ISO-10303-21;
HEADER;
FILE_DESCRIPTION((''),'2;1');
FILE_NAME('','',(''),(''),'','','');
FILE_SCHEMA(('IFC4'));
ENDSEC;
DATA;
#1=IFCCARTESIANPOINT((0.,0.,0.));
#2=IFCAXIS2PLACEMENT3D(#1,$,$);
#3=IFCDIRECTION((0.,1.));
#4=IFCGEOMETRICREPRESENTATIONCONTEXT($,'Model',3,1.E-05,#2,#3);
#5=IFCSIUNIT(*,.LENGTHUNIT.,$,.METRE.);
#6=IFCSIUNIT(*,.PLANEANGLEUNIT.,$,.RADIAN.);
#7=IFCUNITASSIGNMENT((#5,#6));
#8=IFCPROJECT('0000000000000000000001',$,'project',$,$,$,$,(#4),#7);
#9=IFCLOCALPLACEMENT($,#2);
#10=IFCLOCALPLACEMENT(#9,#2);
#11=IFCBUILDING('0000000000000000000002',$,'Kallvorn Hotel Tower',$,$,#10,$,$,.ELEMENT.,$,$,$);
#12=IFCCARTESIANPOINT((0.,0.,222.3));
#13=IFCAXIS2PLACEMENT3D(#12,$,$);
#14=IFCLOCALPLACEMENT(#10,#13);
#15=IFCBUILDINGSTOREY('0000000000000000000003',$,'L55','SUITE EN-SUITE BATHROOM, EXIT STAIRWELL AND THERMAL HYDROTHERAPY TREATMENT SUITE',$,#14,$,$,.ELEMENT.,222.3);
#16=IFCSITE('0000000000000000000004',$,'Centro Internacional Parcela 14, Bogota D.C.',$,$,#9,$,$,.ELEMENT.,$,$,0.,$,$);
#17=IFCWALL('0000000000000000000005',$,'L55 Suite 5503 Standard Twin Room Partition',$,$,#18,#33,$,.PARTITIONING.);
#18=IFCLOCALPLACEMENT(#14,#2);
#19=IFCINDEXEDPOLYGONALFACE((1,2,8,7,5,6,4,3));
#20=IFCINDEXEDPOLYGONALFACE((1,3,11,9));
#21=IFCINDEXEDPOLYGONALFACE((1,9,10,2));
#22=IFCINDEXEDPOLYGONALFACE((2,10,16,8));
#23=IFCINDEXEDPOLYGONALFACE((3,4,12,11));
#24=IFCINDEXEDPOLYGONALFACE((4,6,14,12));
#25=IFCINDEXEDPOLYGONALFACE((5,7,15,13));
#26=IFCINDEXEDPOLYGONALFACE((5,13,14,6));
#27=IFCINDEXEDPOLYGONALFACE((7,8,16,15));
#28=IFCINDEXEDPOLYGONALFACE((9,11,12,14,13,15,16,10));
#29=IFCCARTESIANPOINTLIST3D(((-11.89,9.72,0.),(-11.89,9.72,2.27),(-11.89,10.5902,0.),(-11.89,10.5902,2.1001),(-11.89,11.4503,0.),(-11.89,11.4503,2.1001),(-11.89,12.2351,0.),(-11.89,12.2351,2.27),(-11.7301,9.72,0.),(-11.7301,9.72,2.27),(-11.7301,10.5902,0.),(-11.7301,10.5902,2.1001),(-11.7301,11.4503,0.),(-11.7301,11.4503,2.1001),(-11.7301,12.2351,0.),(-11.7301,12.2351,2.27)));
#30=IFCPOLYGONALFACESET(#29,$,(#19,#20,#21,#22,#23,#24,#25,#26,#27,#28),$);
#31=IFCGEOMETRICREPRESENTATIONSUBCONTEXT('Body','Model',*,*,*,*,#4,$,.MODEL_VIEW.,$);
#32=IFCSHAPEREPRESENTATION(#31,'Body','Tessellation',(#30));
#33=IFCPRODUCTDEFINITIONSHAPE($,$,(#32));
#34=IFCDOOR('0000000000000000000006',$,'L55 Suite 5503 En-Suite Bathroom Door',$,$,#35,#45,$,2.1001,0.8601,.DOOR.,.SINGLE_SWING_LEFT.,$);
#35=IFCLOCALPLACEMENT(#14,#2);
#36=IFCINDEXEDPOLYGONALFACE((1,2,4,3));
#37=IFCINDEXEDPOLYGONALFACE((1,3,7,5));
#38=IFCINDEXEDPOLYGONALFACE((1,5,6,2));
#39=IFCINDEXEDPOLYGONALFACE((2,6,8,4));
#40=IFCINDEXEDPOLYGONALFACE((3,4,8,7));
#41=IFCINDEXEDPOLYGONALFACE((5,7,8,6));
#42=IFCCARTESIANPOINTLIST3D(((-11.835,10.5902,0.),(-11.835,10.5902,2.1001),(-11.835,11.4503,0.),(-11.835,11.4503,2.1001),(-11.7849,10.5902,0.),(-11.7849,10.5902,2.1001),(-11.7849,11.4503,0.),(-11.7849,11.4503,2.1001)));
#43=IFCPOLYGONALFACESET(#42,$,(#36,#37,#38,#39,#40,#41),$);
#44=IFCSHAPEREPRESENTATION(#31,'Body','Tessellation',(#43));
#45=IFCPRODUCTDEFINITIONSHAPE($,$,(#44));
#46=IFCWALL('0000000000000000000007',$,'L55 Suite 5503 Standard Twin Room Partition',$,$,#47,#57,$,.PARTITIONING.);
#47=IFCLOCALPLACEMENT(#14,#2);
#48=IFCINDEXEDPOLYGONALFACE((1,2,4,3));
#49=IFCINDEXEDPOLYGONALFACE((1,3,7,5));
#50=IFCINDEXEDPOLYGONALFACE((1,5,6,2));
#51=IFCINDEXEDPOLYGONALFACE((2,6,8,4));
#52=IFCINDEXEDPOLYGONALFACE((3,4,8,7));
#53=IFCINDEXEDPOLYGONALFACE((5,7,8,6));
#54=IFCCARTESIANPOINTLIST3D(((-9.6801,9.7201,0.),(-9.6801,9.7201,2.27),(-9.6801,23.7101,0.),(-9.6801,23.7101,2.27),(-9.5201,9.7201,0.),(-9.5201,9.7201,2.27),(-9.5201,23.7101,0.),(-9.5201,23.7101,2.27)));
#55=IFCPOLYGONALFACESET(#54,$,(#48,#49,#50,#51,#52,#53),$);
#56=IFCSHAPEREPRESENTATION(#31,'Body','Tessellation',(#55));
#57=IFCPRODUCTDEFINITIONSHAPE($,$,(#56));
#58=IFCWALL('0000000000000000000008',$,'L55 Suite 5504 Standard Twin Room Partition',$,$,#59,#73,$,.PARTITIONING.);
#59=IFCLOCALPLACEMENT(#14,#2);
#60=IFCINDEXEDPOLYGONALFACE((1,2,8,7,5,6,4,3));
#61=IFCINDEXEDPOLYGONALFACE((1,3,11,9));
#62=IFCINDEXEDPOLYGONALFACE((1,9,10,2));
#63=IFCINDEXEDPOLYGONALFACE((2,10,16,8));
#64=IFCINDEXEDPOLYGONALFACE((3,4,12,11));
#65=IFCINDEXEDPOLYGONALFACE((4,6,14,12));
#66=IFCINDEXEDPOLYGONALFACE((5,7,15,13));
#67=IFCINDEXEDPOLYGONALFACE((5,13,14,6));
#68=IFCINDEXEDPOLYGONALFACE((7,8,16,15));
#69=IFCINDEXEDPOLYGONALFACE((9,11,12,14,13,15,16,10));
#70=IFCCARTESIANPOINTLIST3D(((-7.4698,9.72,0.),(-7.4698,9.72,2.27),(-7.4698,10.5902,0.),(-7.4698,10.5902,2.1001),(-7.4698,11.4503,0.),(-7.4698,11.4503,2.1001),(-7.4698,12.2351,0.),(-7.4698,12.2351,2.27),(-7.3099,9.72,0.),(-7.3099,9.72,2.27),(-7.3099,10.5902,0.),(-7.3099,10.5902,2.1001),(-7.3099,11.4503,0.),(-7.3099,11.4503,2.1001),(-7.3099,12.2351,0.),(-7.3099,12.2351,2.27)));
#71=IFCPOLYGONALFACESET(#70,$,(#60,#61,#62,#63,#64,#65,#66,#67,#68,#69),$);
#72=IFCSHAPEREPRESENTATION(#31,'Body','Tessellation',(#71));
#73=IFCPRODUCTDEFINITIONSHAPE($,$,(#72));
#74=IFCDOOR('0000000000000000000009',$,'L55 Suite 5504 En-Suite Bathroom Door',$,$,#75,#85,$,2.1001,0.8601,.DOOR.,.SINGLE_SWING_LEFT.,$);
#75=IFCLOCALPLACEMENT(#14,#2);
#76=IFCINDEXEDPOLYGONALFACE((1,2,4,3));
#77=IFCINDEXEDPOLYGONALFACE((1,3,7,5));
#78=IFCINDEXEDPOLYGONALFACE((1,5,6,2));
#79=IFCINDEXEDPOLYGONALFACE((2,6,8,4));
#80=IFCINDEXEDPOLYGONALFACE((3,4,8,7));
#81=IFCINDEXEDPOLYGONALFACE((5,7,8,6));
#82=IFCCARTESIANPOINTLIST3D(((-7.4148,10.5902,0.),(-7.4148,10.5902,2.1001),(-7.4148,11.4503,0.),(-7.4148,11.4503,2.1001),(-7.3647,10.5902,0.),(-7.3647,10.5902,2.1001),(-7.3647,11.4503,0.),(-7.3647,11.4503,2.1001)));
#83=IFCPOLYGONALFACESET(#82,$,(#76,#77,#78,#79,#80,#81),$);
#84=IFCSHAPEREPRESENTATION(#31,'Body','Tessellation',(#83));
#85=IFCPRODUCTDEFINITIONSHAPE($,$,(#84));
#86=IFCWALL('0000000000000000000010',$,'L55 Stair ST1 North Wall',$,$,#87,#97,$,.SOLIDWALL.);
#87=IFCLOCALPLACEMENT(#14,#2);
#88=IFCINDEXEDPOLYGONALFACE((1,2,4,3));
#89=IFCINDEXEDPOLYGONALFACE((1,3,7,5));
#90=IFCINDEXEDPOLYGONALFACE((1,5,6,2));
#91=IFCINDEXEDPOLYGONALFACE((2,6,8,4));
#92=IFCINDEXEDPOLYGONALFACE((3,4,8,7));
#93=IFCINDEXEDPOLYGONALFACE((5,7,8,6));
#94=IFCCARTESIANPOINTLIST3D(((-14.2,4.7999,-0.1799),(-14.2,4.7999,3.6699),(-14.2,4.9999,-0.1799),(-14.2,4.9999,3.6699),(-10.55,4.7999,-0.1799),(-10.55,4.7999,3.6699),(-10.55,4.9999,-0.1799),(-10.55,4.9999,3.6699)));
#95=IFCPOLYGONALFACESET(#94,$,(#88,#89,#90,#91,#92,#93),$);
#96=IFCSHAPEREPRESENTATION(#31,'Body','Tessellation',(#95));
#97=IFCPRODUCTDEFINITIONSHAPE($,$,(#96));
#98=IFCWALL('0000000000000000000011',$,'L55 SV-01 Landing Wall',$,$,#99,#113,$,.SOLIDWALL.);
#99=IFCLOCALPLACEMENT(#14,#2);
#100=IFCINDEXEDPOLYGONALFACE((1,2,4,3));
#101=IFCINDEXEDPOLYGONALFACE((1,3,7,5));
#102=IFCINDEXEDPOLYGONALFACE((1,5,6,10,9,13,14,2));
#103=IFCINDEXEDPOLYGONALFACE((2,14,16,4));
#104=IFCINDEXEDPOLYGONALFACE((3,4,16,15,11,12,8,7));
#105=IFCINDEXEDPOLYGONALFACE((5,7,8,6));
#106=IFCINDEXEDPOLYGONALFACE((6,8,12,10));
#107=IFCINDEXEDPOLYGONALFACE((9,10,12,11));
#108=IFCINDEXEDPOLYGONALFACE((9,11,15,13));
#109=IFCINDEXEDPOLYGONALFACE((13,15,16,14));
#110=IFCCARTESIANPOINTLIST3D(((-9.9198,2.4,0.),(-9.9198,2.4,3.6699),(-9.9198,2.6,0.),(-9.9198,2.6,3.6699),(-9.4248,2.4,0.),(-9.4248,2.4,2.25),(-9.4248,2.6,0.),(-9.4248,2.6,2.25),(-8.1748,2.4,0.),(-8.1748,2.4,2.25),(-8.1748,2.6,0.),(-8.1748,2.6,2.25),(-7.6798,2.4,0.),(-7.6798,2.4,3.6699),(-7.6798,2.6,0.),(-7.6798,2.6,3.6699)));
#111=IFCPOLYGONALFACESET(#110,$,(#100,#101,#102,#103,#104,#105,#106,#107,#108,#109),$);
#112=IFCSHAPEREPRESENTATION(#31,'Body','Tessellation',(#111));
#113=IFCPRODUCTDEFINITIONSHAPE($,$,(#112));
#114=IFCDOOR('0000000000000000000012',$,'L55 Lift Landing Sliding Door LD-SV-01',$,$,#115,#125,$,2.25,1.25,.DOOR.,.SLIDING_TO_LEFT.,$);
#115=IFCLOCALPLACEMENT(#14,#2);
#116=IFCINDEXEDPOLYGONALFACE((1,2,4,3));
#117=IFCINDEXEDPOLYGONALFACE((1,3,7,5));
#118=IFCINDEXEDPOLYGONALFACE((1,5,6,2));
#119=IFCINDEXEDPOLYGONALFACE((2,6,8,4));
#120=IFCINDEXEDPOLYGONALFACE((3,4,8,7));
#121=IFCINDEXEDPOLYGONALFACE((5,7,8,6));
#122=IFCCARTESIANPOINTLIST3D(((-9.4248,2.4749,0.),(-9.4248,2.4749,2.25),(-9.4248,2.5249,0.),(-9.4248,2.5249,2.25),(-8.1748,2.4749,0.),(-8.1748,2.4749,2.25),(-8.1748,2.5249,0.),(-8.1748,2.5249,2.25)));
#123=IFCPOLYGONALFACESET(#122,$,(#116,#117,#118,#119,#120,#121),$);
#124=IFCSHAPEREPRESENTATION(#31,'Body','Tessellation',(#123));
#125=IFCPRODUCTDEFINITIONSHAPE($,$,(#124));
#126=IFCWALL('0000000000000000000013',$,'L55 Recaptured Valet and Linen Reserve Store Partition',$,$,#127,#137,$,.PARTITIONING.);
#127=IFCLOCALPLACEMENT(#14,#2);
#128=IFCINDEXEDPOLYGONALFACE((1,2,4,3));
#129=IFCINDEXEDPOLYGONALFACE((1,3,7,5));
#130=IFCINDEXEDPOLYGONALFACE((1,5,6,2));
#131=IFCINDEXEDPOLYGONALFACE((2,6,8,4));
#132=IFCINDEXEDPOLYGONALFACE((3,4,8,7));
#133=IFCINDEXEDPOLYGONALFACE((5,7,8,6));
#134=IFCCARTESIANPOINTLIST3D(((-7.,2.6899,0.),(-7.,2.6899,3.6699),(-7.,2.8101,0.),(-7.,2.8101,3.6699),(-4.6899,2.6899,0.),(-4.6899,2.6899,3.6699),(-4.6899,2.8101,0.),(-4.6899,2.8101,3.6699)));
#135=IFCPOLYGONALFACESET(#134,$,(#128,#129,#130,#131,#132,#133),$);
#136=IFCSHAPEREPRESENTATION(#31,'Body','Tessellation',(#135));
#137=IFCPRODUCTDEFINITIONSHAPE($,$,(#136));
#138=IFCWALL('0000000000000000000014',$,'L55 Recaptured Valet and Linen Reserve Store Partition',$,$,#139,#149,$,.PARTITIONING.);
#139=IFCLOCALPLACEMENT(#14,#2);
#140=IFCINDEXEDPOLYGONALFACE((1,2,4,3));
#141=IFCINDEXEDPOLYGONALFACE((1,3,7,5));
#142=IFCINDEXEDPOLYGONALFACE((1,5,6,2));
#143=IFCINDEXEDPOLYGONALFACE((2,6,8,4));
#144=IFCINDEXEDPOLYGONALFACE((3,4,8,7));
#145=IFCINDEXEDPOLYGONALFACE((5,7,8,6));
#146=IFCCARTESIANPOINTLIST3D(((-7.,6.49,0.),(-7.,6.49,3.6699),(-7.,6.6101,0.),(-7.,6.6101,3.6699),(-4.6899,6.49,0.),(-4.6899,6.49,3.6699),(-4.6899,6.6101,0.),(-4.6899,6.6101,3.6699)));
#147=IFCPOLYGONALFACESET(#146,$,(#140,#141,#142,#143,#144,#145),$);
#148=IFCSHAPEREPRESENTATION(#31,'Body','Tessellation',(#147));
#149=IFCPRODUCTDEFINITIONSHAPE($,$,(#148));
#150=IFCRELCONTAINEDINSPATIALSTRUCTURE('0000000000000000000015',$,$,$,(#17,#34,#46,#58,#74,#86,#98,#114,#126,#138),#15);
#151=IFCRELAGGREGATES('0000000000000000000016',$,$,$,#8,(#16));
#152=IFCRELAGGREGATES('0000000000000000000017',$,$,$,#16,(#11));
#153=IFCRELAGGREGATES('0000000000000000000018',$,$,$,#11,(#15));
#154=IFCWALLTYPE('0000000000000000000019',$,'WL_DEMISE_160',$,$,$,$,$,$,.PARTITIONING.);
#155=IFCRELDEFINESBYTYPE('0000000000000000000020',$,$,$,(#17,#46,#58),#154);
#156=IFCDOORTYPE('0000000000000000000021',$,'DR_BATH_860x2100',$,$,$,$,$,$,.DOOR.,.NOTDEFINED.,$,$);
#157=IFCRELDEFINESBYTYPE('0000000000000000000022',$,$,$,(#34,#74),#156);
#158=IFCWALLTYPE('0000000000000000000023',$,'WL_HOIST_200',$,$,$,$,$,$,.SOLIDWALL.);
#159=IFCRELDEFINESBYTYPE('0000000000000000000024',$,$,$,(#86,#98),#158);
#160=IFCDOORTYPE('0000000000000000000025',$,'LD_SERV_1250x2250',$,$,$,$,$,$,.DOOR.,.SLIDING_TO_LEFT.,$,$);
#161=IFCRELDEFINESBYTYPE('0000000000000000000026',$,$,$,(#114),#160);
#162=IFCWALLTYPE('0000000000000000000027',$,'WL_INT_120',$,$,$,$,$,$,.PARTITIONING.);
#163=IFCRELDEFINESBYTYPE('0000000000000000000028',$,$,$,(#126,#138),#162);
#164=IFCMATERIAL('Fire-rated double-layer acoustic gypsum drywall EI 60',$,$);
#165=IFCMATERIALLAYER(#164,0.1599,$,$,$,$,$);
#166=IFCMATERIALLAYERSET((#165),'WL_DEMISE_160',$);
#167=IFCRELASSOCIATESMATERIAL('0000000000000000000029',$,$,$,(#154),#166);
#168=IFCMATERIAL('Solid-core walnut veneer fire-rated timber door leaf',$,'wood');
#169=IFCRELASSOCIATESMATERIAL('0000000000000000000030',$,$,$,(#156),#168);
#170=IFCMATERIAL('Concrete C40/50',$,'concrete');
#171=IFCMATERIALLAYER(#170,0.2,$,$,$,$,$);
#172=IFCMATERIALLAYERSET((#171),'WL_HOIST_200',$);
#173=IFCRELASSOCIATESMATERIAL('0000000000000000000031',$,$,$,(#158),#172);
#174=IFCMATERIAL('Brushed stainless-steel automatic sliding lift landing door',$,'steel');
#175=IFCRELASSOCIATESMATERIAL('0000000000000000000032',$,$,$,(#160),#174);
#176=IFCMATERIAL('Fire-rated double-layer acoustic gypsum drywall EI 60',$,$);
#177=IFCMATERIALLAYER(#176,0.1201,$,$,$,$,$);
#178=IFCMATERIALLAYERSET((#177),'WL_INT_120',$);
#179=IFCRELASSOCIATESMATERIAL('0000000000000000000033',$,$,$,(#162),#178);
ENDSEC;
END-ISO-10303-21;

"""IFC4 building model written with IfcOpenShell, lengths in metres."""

from ifc_helpers import new_model, si_unit, direction, frame, frame_2d, origin, place, context, subcontext, project, spatial, rectangle, extrude, material, layer, layer_set, type_object, element, fill, save


model = new_model("IFC4")

# Units and contexts
model_context = context("Model", 3, precision=1e-05, world=origin(), true_north=direction((0.0, 1.0)))
body_context = subcontext(model_context, "Body", "Model", "MODEL_VIEW")
ifc_project = project(units=[si_unit("LENGTHUNIT", "METRE"), si_unit("PLANEANGLEUNIT", "RADIAN")], contexts=[model_context])

# Site, building, storey
site_placement = place(None, origin())
site = spatial("IfcSite", under=ifc_project, at=site_placement, Name="Centro Internacional Parcela 14, Bogota D.C.", CompositionType="ELEMENT", RefElevation=0.0)
building_placement = place(site_placement, origin())
building = spatial("IfcBuilding", under=site, at=building_placement, Name="Kallvorn Hotel Tower", CompositionType="ELEMENT")
storey_placement = place(building_placement, frame((0.0, 0.0, 222.3)))
storey = spatial("IfcBuildingStorey", under=building, at=storey_placement, Name="L55", Description="SUITE EN-SUITE BATHROOM, EXIT STAIRWELL AND THERMAL HYDROTHERAPY TREATMENT SUITE", CompositionType="ELEMENT", Elevation=222.3)

# Shared definitions
ifc_material_1 = material(Name="Fire-rated double-layer acoustic gypsum drywall EI 60")
ifc_layer_1 = layer(ifc_material_1, 0.1599)
ifc_layer_set_1 = layer_set([ifc_layer_1], Name="WL_DEMISE_160")
wall_type_1 = type_object("IfcWallType", Name="WL_DEMISE_160", PredefinedType="PARTITIONING", material=ifc_layer_set_1)

# Wall, opening, door
wall_1_placement = place(storey_placement, frame((-11.8101, 9.72, 0.0), z_axis=(0.0, 0.0, 1.0), x_axis=(0.0, 1.0, 0.0)))
wall_1 = element("IfcWall", 1, at=wall_1_placement, inside=storey, type_object=wall_type_1, Name="L55 Suite 5503 Standard Twin Room Partition", PredefinedType="PARTITIONING", context=body_context, shape_type="SweptSolid", body=[
    extrude(rectangle(XDim=2.5151, YDim=0.1599, at=frame_2d((1.2576, 0.0))), origin(), (0.0, 0.0, 1.0), 2.27),
])
opening_1_placement = place(wall_1_placement, frame((0.8701, 0.0, 0.0)))
opening_1 = element("IfcOpeningElement", 2, at=opening_1_placement, cuts=wall_1, PredefinedType="OPENING", context=body_context, shape_type="SweptSolid", body=[
    extrude(rectangle(XDim=0.8601, YDim=2.1001, at=frame_2d((0.4302, 1.05))), frame((0.0, 0.095, 0.0), z_axis=(0.0, -1.0, 0.0), x_axis=(1.0, 0.0, 0.0)), (0.0, 0.0, 1.0), 0.1899),
])
ifc_material_2 = material(Name="Solid-core walnut veneer fire-rated timber door leaf", Category="wood")
door_type_1 = type_object("IfcDoorType", Name="DR_BATH_860x2100", OperationType="NOTDEFINED", PredefinedType="DOOR", material=ifc_material_2)
door_1_placement = place(opening_1_placement, origin())
door_1 = element("IfcDoor", 3, at=door_1_placement, inside=storey, type_object=door_type_1, Name="L55 Suite 5503 En-Suite Bathroom Door", OperationType="SINGLE_SWING_LEFT", OverallHeight=2.1001, OverallWidth=0.8601, PredefinedType="DOOR", context=body_context, shape_type="SweptSolid", body=[
    extrude(rectangle(XDim=0.8601, YDim=2.1001, at=frame_2d((0.4302, 1.05))), frame((0.0, 0.0249, 0.0), z_axis=(0.0, -1.0, 0.0), x_axis=(1.0, 0.0, 0.0)), (0.0, 0.0, 1.0), 0.05),
])
fill(opening_1, door_1)

# Wall
wall_2_placement = place(storey_placement, frame((-9.6001, 9.72, 0.0), z_axis=(0.0, 0.0, 1.0), x_axis=(0.0, 1.0, 0.0)))
element("IfcWall", 4, at=wall_2_placement, inside=storey, type_object=wall_type_1, Name="L55 Suite 5503 Standard Twin Room Partition", PredefinedType="PARTITIONING", context=body_context, shape_type="SweptSolid", body=[
    extrude(rectangle(XDim=13.99, YDim=0.1599, at=frame_2d((6.9951, 0.0))), origin(), (0.0, 0.0, 1.0), 2.27),
])

# Wall, opening, door
wall_3_placement = place(storey_placement, frame((-7.3899, 9.72, 0.0), z_axis=(0.0, 0.0, 1.0), x_axis=(0.0, 1.0, 0.0)))
wall_3 = element("IfcWall", 5, at=wall_3_placement, inside=storey, type_object=wall_type_1, Name="L55 Suite 5504 Standard Twin Room Partition", PredefinedType="PARTITIONING", context=body_context, shape_type="SweptSolid", body=[
    extrude(rectangle(XDim=2.5151, YDim=0.1599, at=frame_2d((1.2576, 0.0))), origin(), (0.0, 0.0, 1.0), 2.27),
])
opening_2_placement = place(wall_3_placement, frame((0.8701, 0.0, 0.0)))
opening_2 = element("IfcOpeningElement", 6, at=opening_2_placement, cuts=wall_3, PredefinedType="OPENING", context=body_context, shape_type="SweptSolid", body=[
    extrude(rectangle(XDim=0.8601, YDim=2.1001, at=frame_2d((0.4302, 1.05))), frame((0.0, 0.095, 0.0), z_axis=(0.0, -1.0, 0.0), x_axis=(1.0, 0.0, 0.0)), (0.0, 0.0, 1.0), 0.1899),
])
door_2_placement = place(opening_2_placement, origin())
door_2 = element("IfcDoor", 7, at=door_2_placement, inside=storey, type_object=door_type_1, Name="L55 Suite 5504 En-Suite Bathroom Door", OperationType="SINGLE_SWING_LEFT", OverallHeight=2.1001, OverallWidth=0.8601, PredefinedType="DOOR", context=body_context, shape_type="SweptSolid", body=[
    extrude(rectangle(XDim=0.8601, YDim=2.1001, at=frame_2d((0.4302, 1.05))), frame((0.0, 0.0249, 0.0), z_axis=(0.0, -1.0, 0.0), x_axis=(1.0, 0.0, 0.0)), (0.0, 0.0, 1.0), 0.05),
])
fill(opening_2, door_2)

# Wall
ifc_material_3 = material(Name="Concrete C40/50", Category="concrete")
ifc_layer_2 = layer(ifc_material_3, 0.2)
ifc_layer_set_2 = layer_set([ifc_layer_2], Name="WL_HOIST_200")
wall_type_2 = type_object("IfcWallType", Name="WL_HOIST_200", PredefinedType="SOLIDWALL", material=ifc_layer_set_2)
wall_4_placement = place(storey_placement, frame((-14.2, 4.8999, -0.1799), z_axis=(0.0, 0.0, 1.0), x_axis=(1.0, 0.0, 0.0)))
element("IfcWall", 8, at=wall_4_placement, inside=storey, type_object=wall_type_2, Name="L55 Stair ST1 North Wall", PredefinedType="SOLIDWALL", context=body_context, shape_type="SweptSolid", body=[
    extrude(rectangle(XDim=3.6499, YDim=0.2, at=frame_2d((1.825, 0.0))), origin(), (0.0, 0.0, 1.0), 3.8499),
])

# Wall, opening, door
wall_5_placement = place(storey_placement, frame((-9.9199, 2.5, 0.0), z_axis=(0.0, 0.0, 1.0), x_axis=(1.0, 0.0, 0.0)))
wall_5 = element("IfcWall", 9, at=wall_5_placement, inside=storey, type_object=wall_type_2, Name="L55 SV-01 Landing Wall", PredefinedType="SOLIDWALL", context=body_context, shape_type="SweptSolid", body=[
    extrude(rectangle(XDim=2.24, YDim=0.2, at=frame_2d((1.1201, 0.0))), origin(), (0.0, 0.0, 1.0), 3.6699),
])
opening_3_placement = place(wall_5_placement, frame((0.4951, 0.0, 0.0)))
opening_3 = element("IfcOpeningElement", 10, at=opening_3_placement, cuts=wall_5, PredefinedType="OPENING", context=body_context, shape_type="SweptSolid", body=[
    extrude(rectangle(XDim=1.25, YDim=2.25, at=frame_2d((0.625, 1.125))), frame((0.0, 0.115, 0.0), z_axis=(0.0, -1.0, 0.0), x_axis=(1.0, 0.0, 0.0)), (0.0, 0.0, 1.0), 0.23),
])
ifc_material_4 = material(Name="Brushed stainless-steel automatic sliding lift landing door", Category="steel")
door_type_2 = type_object("IfcDoorType", Name="LD_SERV_1250x2250", OperationType="SLIDING_TO_LEFT", PredefinedType="DOOR", material=ifc_material_4)
door_3_placement = place(opening_3_placement, origin())
door_3 = element("IfcDoor", 11, at=door_3_placement, inside=storey, type_object=door_type_2, Name="L55 Lift Landing Sliding Door LD-SV-01", OperationType="SLIDING_TO_LEFT", OverallHeight=2.25, OverallWidth=1.25, PredefinedType="DOOR", context=body_context, shape_type="SweptSolid", body=[
    extrude(rectangle(XDim=1.25, YDim=2.25, at=frame_2d((0.625, 1.125))), frame((0.0, 0.0249, 0.0), z_axis=(0.0, -1.0, 0.0), x_axis=(1.0, 0.0, 0.0)), (0.0, 0.0, 1.0), 0.05),
])
fill(opening_3, door_3)

# Walls
ifc_material_5 = material(Name="Fire-rated double-layer acoustic gypsum drywall EI 60")
ifc_layer_3 = layer(ifc_material_5, 0.1201)
ifc_layer_set_3 = layer_set([ifc_layer_3], Name="WL_INT_120")
wall_type_3 = type_object("IfcWallType", Name="WL_INT_120", PredefinedType="PARTITIONING", material=ifc_layer_set_3)
for number, where, z_axis, x_axis, name in (
    (12, (-7.0, 2.75, 0.0), (0.0, 0.0, 1.0), (1.0, 0.0, 0.0), "L55 Recaptured Valet and Linen Reserve Store Partition"),
    (13, (-7.0, 6.55, 0.0), (0.0, 0.0, 1.0), (1.0, 0.0, 0.0), "L55 Recaptured Valet and Linen Reserve Store Partition"),
):
    element("IfcWall", number, at=place(storey_placement, frame(where, z_axis=z_axis, x_axis=x_axis)), inside=storey, type_object=wall_type_3, Name=name, PredefinedType="PARTITIONING", context=body_context, shape_type="SweptSolid", body=[
        extrude(rectangle(XDim=2.3101, YDim=0.1201, at=frame_2d((1.155, 0.0))), origin(), (0.0, 0.0, 1.0), 3.6699),
    ])

save(model, "model.ifc")
